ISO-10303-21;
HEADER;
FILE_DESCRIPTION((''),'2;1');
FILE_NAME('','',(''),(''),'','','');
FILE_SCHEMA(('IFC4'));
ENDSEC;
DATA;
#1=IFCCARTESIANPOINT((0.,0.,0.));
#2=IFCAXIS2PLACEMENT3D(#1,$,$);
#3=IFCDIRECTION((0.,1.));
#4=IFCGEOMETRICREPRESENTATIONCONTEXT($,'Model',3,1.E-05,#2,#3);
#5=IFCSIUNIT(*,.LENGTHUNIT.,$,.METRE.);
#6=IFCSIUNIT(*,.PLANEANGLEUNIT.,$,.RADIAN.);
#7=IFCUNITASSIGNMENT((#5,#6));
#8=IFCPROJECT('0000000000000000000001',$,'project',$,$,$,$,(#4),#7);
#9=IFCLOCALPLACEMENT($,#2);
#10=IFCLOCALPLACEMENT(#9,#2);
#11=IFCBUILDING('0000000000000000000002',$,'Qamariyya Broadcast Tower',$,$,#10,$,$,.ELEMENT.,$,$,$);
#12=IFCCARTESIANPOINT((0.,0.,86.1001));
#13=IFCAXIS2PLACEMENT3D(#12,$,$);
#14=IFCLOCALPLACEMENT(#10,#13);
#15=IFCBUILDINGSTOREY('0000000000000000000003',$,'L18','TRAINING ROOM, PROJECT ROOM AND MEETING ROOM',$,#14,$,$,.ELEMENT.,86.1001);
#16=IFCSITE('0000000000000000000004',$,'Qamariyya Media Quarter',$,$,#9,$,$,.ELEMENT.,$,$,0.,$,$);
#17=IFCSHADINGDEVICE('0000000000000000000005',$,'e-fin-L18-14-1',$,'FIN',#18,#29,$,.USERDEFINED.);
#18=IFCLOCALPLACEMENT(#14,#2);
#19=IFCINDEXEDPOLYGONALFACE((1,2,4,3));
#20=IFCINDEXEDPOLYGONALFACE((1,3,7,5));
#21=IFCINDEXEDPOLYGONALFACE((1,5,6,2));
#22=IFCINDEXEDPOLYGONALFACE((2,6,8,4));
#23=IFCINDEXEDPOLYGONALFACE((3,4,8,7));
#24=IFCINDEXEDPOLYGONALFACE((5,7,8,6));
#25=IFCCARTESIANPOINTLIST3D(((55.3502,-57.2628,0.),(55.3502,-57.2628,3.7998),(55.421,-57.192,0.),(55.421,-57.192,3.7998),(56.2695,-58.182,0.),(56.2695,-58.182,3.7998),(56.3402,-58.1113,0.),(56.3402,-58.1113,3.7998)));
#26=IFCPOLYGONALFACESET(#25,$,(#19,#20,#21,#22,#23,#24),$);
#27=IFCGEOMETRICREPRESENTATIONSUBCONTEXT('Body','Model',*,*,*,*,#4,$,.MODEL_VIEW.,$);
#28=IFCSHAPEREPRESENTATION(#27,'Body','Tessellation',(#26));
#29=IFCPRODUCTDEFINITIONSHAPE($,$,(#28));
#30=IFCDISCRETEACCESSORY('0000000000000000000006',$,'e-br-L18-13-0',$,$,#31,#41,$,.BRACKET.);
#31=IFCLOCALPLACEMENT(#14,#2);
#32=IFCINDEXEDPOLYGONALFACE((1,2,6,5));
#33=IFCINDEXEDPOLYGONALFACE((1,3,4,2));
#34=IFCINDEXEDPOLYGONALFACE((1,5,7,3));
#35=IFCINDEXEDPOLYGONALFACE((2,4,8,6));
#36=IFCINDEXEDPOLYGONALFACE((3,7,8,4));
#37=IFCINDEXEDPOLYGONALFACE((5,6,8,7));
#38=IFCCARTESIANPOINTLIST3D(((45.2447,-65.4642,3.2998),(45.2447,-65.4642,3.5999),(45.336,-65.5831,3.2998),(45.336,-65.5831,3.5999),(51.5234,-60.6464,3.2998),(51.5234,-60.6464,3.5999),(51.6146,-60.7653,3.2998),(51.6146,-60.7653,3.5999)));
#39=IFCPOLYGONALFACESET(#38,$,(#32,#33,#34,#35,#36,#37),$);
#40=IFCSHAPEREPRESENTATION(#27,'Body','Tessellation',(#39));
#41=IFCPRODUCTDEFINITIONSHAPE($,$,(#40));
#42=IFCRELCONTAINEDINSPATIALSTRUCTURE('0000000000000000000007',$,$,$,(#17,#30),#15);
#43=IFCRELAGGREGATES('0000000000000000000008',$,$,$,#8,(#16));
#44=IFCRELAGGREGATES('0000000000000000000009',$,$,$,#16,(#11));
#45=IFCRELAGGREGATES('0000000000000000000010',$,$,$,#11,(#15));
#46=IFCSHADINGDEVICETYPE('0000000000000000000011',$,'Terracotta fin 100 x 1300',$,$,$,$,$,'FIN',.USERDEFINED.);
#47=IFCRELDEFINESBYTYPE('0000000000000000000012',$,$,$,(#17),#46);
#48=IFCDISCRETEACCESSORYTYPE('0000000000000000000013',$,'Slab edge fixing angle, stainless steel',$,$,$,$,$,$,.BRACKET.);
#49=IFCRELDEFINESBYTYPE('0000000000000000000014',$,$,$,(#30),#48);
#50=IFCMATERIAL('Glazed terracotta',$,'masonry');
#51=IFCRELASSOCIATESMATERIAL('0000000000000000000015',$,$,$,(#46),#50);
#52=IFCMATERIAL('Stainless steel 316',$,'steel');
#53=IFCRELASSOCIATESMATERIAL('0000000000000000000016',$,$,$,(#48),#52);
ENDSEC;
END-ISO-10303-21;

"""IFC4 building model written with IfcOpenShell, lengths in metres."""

from ifc_helpers import new_model, si_unit, direction, frame, origin, origin_2d, place, context, subcontext, project, spatial, rectangle, extrude, material, material_profile, profile_set, type_object, element, save


model = new_model("IFC4")

# Units and contexts
model_context = context("Model", 3, precision=1e-05, world=origin(), true_north=direction((0.0, 1.0)))
body_context = subcontext(model_context, "Body", "Model", "MODEL_VIEW")
ifc_project = project(units=[si_unit("LENGTHUNIT", "METRE"), si_unit("PLANEANGLEUNIT", "RADIAN")], contexts=[model_context])

# Site, building, storey
site_placement = place(None, origin())
site = spatial("IfcSite", under=ifc_project, at=site_placement, Name="Qamariyya Media Quarter", CompositionType="ELEMENT", RefElevation=0.0)
building_placement = place(site_placement, origin())
building = spatial("IfcBuilding", under=site, at=building_placement, Name="Qamariyya Broadcast Tower", CompositionType="ELEMENT")
storey_placement = place(building_placement, frame((0.0, 0.0, 86.1001)))
storey = spatial("IfcBuildingStorey", under=building, at=storey_placement, Name="L18", Description="TRAINING ROOM, PROJECT ROOM AND MEETING ROOM", CompositionType="ELEMENT", Elevation=86.1001)

# Shading device
ifc_material_1 = material(Name="Glazed terracotta", Category="masonry")
ifc_material_profile_1 = material_profile(ifc_material_1, rectangle(XDim=1.3, YDim=0.1001, at=origin_2d()))
ifc_profile_set_1 = profile_set([ifc_material_profile_1], Name="Glazed terracotta")
shading_device_type_1 = type_object("IfcShadingDeviceType", Name="Terracotta fin 100 x 1300", ElementType="FIN", PredefinedType="USERDEFINED", material=ifc_profile_set_1)
for number, where, z_axis, x_axis, name in (
    (1, (55.8452, -57.687, 0.0), (0.0, 0.0, 1.0), (0.707107, -0.707107, 0.0), "e-fin-L18-14-1"),
):
    element("IfcShadingDevice", number, at=place(storey_placement, frame(where, z_axis=z_axis, x_axis=x_axis)), inside=storey, type_object=shading_device_type_1, Name=name, ObjectType="FIN", PredefinedType="USERDEFINED", context=body_context, shape_type="SweptSolid", body=[
        extrude(rectangle(XDim=1.3, YDim=0.1001, at=origin_2d()), origin(), (0.0, 0.0, 1.0), 3.7998),
    ])

# Discrete accessory
ifc_material_2 = material(Name="Stainless steel 316", Category="steel")
discrete_accessory_type = type_object("IfcDiscreteAccessoryType", Name="Slab edge fixing angle, stainless steel", PredefinedType="BRACKET", material=ifc_material_2)
discrete_accessory_placement = place(storey_placement, frame((48.4297, -63.1147, 3.2998), z_axis=(0.0, 0.0, 1.0), x_axis=(0.793353, 0.608761, 0.0)))
element("IfcDiscreteAccessory", 2, at=discrete_accessory_placement, inside=storey, type_object=discrete_accessory_type, Name="e-br-L18-13-0", PredefinedType="BRACKET", context=body_context, shape_type="SweptSolid", body=[
    extrude(rectangle(XDim=7.9141, YDim=0.1499, at=origin_2d()), origin(), (0.0, 0.0, 1.0), 0.3),
])

save(model, "model.ifc")
